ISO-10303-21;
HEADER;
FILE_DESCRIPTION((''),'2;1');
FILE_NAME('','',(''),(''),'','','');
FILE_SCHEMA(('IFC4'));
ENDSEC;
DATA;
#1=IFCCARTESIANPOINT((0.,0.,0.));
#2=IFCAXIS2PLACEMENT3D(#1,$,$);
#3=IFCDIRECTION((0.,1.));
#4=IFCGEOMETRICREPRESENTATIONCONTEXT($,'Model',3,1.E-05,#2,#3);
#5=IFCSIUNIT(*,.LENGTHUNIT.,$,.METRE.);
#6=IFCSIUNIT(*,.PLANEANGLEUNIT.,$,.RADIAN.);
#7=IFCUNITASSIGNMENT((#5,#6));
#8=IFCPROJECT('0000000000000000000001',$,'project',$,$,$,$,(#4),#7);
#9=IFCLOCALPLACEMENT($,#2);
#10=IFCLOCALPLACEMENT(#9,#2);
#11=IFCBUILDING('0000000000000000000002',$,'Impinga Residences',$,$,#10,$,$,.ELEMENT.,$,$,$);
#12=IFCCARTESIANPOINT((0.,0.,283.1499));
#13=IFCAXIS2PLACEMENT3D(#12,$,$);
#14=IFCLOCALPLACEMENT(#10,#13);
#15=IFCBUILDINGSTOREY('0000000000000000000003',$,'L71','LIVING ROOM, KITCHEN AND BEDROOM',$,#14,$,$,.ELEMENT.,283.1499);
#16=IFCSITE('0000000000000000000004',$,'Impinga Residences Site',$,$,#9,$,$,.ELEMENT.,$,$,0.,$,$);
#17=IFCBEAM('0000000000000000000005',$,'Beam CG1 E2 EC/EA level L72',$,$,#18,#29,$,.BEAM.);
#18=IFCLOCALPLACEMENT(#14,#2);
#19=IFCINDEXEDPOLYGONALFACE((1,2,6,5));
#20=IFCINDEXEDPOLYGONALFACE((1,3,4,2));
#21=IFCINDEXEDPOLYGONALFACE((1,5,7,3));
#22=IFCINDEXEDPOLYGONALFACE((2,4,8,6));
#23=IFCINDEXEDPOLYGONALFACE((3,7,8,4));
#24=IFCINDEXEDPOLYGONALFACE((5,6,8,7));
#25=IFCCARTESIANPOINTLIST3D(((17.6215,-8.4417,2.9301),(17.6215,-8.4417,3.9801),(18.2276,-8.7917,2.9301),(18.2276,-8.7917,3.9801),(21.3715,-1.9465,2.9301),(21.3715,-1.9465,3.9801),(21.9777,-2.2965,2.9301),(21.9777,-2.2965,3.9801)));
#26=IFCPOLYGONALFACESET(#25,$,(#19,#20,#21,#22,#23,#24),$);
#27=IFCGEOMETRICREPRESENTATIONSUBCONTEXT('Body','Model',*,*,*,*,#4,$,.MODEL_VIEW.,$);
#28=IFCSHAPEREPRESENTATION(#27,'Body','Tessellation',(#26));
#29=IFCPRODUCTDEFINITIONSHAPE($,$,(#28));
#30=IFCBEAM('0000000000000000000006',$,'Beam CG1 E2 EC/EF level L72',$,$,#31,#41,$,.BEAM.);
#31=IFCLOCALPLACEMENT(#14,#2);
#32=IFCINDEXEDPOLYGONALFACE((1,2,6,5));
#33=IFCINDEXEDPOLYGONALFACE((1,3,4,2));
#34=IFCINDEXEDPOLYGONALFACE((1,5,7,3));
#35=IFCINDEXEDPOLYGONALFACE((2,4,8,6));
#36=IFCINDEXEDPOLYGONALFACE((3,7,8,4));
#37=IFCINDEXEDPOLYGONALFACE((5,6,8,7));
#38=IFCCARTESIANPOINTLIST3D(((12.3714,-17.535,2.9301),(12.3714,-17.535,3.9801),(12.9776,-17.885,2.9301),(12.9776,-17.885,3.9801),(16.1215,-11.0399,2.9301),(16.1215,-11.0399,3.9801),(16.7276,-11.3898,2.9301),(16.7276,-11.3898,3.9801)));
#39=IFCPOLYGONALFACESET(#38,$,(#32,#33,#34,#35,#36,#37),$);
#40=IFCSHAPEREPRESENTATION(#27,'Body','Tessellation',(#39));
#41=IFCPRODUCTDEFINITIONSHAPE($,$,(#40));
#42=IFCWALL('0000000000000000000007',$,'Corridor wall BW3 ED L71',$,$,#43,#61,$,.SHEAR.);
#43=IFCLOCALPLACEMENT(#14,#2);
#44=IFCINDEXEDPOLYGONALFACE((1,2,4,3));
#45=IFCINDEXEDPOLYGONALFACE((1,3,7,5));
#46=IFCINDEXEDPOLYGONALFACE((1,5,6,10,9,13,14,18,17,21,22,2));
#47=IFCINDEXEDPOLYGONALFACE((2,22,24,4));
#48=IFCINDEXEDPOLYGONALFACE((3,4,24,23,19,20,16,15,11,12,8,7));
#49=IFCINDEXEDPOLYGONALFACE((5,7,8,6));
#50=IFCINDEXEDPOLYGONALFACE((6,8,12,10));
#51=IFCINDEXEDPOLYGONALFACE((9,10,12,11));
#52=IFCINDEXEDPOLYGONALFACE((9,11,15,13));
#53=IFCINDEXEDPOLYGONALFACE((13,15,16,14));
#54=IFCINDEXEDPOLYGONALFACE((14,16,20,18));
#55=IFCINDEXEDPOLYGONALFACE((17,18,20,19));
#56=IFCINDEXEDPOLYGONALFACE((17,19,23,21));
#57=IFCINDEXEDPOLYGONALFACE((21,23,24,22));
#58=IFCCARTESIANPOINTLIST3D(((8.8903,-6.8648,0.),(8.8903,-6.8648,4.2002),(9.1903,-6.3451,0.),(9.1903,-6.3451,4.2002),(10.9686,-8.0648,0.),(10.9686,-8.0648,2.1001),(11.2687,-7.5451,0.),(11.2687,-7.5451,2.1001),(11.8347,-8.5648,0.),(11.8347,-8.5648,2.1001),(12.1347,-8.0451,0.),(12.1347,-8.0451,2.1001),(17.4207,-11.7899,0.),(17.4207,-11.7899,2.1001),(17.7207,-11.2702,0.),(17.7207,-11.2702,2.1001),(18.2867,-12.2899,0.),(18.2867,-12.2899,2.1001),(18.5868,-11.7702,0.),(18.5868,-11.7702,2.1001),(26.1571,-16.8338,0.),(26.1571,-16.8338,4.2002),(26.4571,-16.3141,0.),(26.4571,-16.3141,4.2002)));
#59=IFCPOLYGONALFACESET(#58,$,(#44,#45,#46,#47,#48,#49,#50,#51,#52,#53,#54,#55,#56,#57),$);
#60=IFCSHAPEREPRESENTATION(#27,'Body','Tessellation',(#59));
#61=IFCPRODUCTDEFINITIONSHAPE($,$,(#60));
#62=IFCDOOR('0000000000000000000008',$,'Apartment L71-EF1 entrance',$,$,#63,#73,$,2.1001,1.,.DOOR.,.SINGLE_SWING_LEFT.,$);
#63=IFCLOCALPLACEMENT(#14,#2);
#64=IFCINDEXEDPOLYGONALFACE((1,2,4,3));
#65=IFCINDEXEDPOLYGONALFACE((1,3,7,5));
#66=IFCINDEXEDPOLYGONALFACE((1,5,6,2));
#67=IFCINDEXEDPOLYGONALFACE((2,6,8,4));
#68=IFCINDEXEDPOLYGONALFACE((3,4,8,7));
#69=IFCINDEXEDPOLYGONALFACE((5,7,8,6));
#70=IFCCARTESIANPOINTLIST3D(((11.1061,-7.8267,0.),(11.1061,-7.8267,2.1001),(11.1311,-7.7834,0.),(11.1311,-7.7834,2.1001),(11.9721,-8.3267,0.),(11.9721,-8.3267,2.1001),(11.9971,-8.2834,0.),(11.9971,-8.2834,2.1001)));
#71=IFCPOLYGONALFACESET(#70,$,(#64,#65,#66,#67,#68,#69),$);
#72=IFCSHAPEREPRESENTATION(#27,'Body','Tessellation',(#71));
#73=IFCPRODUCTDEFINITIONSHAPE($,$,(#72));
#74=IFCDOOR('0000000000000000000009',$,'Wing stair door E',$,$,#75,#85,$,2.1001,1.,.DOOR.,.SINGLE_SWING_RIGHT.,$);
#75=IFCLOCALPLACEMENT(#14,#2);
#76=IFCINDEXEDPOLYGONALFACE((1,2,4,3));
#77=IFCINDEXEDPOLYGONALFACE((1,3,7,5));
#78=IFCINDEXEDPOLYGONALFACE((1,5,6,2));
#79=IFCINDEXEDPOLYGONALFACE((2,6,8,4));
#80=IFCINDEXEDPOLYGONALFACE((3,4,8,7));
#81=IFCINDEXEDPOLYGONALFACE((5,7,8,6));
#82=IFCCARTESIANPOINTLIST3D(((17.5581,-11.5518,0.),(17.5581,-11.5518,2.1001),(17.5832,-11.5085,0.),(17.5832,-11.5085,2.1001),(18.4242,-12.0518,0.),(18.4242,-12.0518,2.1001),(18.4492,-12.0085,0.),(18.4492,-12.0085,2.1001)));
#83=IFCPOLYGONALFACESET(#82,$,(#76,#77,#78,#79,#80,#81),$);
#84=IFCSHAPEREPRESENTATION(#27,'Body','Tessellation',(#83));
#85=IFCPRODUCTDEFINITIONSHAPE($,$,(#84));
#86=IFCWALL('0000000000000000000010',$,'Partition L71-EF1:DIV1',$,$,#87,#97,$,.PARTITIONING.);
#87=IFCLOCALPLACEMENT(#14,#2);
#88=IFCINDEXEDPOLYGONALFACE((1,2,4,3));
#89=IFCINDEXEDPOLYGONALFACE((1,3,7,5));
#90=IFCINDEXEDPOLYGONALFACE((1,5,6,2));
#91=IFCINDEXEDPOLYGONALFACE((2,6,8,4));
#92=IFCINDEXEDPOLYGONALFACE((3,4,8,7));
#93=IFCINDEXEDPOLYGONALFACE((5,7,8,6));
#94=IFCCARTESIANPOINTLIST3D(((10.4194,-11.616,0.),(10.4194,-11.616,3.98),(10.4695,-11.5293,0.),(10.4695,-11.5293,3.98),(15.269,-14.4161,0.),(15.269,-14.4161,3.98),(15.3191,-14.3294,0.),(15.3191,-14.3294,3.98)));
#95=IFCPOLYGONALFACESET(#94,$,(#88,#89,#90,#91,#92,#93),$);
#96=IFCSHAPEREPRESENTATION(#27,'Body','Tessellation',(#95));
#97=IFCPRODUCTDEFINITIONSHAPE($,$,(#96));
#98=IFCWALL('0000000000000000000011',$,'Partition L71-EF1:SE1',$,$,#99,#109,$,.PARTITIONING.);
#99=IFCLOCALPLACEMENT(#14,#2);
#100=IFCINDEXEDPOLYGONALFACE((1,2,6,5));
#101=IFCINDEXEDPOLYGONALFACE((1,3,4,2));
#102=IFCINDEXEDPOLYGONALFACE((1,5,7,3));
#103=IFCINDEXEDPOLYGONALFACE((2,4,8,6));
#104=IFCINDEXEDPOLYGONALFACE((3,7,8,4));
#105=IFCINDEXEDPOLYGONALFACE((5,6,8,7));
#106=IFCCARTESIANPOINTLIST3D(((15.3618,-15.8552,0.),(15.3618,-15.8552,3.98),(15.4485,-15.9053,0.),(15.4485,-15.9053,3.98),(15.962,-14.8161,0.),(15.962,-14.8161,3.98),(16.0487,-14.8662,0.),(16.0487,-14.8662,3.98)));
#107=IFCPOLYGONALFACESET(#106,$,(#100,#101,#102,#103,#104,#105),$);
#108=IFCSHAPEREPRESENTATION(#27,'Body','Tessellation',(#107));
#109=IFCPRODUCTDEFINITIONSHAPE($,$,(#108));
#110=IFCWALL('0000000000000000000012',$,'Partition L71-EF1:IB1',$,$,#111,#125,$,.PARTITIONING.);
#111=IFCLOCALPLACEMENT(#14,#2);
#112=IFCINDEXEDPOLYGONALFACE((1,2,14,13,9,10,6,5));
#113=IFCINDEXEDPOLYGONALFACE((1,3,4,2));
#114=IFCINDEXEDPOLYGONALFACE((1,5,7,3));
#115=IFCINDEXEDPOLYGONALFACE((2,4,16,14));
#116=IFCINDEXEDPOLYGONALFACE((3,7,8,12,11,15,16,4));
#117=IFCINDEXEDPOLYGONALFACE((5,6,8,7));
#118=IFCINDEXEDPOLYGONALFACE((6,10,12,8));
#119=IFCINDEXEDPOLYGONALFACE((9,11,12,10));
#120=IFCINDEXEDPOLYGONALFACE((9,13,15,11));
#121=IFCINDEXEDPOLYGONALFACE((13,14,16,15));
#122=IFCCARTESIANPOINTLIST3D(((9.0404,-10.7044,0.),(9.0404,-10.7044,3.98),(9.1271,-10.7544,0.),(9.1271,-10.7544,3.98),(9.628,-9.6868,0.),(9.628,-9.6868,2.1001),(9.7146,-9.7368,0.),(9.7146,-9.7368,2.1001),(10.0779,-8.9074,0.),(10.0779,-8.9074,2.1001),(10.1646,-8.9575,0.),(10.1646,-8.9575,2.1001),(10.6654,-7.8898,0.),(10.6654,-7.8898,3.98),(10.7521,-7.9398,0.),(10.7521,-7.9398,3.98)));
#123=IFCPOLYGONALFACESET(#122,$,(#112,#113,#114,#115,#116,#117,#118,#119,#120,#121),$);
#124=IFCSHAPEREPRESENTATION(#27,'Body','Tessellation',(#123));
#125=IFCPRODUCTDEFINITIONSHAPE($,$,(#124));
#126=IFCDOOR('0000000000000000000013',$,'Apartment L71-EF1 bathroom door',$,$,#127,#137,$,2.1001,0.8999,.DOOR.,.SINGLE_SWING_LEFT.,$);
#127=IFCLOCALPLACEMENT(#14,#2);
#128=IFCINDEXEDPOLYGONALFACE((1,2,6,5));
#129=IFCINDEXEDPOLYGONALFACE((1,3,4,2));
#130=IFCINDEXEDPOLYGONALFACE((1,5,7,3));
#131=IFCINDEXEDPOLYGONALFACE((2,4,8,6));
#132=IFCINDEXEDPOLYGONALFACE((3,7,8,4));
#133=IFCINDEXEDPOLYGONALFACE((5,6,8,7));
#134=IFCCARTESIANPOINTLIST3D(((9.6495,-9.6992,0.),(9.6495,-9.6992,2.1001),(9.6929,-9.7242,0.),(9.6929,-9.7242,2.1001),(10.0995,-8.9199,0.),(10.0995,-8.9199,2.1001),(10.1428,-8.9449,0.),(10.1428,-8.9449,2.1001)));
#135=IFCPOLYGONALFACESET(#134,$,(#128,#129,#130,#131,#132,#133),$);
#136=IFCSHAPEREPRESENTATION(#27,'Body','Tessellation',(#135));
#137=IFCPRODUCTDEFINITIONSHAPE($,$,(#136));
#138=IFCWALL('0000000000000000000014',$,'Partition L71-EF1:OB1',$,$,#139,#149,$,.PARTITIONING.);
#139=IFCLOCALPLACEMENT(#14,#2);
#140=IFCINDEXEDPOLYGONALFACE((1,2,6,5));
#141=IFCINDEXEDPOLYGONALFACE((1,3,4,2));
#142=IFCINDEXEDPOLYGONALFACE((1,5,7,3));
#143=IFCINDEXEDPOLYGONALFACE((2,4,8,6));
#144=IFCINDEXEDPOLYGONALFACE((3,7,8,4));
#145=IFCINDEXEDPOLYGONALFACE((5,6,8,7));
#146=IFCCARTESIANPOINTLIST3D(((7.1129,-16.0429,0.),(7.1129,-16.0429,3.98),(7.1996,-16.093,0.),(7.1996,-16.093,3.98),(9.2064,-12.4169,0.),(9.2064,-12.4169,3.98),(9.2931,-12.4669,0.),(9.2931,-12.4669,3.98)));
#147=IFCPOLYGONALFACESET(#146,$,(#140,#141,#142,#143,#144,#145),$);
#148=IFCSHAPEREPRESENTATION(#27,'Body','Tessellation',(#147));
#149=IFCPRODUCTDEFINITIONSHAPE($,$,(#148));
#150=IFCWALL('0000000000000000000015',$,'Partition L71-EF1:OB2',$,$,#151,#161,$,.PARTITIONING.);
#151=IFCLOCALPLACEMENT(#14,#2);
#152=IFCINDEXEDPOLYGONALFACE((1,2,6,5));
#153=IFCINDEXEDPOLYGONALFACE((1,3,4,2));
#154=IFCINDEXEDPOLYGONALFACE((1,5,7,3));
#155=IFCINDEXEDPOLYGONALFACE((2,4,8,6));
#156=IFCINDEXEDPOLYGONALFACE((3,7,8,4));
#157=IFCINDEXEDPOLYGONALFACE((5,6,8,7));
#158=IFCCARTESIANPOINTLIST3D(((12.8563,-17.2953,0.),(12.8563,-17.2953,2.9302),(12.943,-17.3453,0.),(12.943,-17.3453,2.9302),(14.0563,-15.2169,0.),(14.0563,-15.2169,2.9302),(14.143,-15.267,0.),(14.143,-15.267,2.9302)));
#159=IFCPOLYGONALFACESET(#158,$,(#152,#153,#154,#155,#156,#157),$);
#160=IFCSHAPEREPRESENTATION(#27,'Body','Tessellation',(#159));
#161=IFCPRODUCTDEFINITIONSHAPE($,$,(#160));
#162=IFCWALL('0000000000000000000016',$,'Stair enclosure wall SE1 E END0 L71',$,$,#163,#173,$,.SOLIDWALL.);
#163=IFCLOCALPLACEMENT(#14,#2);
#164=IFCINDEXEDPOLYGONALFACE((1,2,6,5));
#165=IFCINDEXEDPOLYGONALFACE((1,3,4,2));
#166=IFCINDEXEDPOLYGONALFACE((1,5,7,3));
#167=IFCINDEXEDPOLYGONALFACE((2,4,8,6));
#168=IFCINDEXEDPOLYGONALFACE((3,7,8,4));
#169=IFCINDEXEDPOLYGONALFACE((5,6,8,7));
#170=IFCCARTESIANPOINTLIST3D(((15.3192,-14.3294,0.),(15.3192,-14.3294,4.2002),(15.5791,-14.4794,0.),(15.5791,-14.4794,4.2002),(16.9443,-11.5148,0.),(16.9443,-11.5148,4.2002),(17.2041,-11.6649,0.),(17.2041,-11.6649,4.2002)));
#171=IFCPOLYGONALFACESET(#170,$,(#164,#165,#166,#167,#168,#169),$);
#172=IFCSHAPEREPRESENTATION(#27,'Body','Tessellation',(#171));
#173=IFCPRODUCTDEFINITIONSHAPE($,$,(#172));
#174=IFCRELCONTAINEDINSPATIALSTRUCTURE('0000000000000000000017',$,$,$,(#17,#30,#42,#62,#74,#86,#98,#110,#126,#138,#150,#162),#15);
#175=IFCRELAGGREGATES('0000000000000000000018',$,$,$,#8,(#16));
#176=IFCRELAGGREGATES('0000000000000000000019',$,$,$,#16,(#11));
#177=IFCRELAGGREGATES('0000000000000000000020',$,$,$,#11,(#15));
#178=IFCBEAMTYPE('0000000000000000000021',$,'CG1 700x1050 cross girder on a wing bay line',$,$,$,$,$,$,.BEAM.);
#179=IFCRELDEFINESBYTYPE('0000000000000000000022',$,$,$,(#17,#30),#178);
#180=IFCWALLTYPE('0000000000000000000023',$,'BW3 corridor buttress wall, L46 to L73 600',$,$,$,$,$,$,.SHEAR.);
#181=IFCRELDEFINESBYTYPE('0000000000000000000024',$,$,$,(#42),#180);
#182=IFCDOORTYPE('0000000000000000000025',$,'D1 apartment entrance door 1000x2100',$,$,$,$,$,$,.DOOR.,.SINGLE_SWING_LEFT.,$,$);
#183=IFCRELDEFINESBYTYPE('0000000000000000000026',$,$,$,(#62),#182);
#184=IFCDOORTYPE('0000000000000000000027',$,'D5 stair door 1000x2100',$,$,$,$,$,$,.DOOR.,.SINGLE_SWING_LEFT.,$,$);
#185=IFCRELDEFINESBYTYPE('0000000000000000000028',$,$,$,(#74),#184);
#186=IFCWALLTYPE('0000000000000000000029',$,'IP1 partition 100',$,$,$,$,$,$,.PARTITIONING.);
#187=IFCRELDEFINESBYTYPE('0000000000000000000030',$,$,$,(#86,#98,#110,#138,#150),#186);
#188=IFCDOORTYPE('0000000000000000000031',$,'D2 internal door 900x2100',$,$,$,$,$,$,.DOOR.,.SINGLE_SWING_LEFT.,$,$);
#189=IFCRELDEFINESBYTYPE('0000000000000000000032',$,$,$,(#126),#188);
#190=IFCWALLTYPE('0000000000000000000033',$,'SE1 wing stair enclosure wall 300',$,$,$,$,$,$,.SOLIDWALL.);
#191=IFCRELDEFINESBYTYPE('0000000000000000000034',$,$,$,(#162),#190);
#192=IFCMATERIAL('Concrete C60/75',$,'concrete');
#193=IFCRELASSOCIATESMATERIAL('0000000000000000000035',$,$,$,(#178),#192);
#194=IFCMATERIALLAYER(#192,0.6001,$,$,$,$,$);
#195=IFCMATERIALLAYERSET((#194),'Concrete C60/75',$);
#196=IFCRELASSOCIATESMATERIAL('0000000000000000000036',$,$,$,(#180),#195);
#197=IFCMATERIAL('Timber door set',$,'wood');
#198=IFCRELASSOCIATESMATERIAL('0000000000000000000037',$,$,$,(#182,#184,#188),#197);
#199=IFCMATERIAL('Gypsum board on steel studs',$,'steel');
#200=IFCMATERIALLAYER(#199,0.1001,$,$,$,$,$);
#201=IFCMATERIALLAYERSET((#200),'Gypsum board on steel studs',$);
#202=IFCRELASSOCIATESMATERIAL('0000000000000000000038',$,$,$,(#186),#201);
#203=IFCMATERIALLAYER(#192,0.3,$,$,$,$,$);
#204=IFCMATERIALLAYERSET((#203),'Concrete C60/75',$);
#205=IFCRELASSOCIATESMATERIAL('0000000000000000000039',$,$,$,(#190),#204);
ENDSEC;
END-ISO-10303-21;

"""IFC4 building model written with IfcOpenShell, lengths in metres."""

from ifc_helpers import new_model, si_unit, direction, frame, frame_2d, origin, origin_2d, place, context, subcontext, project, spatial, rectangle, extrude, material, layer, layer_set, material_profile, profile_set, type_object, element, fill, save


model = new_model("IFC4")

# Units and contexts
model_context = context("Model", 3, precision=1e-05, world=origin(), true_north=direction((0.0, 1.0)))
body_context = subcontext(model_context, "Body", "Model", "MODEL_VIEW")
ifc_project = project(units=[si_unit("LENGTHUNIT", "METRE"), si_unit("PLANEANGLEUNIT", "RADIAN")], contexts=[model_context])

# Site, building, storey
site_placement = place(None, origin())
site = spatial("IfcSite", under=ifc_project, at=site_placement, Name="Impinga Residences Site", CompositionType="ELEMENT", RefElevation=0.0)
building_placement = place(site_placement, origin())
building = spatial("IfcBuilding", under=site, at=building_placement, Name="Impinga Residences", CompositionType="ELEMENT")
storey_placement = place(building_placement, frame((0.0, 0.0, 283.1499)))
storey = spatial("IfcBuildingStorey", under=building, at=storey_placement, Name="L71", Description="LIVING ROOM, KITCHEN AND BEDROOM", CompositionType="ELEMENT", Elevation=283.1499)

# Beams
ifc_material_1 = material(Name="Concrete C60/75", Category="concrete")
ifc_material_profile = material_profile(ifc_material_1, rectangle(XDim=0.7, YDim=1.05, at=origin_2d()), Name="RC 700x1050")
ifc_profile_set = profile_set([ifc_material_profile], Name="Concrete C60/75")
beam_type = type_object("IfcBeamType", Name="CG1 700x1050 cross girder on a wing bay line", PredefinedType="BEAM", material=ifc_profile_set)
for number, where, z_axis, x_axis, name in (
    (1, (17.9246, -8.6167, 3.4551), (0.500004, 0.866023, 0.0), (-0.866023, 0.500004, 0.0), "Beam CG1 E2 EC/EA level L72"),
    (2, (16.4246, -11.2148, 3.4551), (-0.500004, -0.866023, 0.0), (0.866023, -0.500004, 0.0), "Beam CG1 E2 EC/EF level L72"),
):
    element("IfcBeam", number, at=place(storey_placement, frame(where, z_axis=z_axis, x_axis=x_axis)), inside=storey, type_object=beam_type, Name=name, PredefinedType="BEAM", context=body_context, shape_type="SweptSolid", body=[
        extrude(rectangle(XDim=0.7, YDim=1.05, at=origin_2d()), origin(), (0.0, 0.0, 1.0), 7.5),
    ])

# Wall, openings, doors
ifc_layer_1 = layer(ifc_material_1, 0.6001)
ifc_layer_set_1 = layer_set([ifc_layer_1], Name="Concrete C60/75")
wall_type_1 = type_object("IfcWallType", Name="BW3 corridor buttress wall, L46 to L73 600", PredefinedType="SHEAR", material=ifc_layer_set_1)
wall_1_placement = place(storey_placement, frame((9.0403, -6.605, 0.0), z_axis=(0.0, 0.0, 1.0), x_axis=(0.866026, -0.499999, 0.0)))
wall_1 = element("IfcWall", 3, at=wall_1_placement, inside=storey, type_object=wall_type_1, Name="Corridor wall BW3 ED L71", PredefinedType="SHEAR", context=body_context, shape_type="SweptSolid", body=[
    extrude(rectangle(XDim=19.938, YDim=0.6001, at=frame_2d((9.969, 0.0))), origin(), (0.0, 0.0, 1.0), 4.2002),
])
opening_1_placement = place(wall_1_placement, frame((9.8501, 0.0, 0.0)))
opening_1 = element("IfcOpeningElement", 4, at=opening_1_placement, cuts=wall_1, PredefinedType="OPENING", context=body_context, shape_type="SweptSolid", body=[
    extrude(rectangle(XDim=1.0, YDim=2.1001, at=frame_2d((0.5, 1.05))), frame((0.0, 0.3101, 0.0), z_axis=(0.0, -1.0, 0.0), x_axis=(1.0, 0.0, 0.0)), (0.0, 0.0, 1.0), 0.6201),
])
opening_2_placement = place(wall_1_placement, frame((2.3999, 0.0, 0.0)))
opening_2 = element("IfcOpeningElement", 5, at=opening_2_placement, cuts=wall_1, PredefinedType="OPENING", context=body_context, shape_type="SweptSolid", body=[
    extrude(rectangle(XDim=1.0, YDim=2.1001, at=frame_2d((0.5, 1.05))), frame((0.0, 0.3101, 0.0), z_axis=(0.0, -1.0, 0.0), x_axis=(1.0, 0.0, 0.0)), (0.0, 0.0, 1.0), 0.6201),
])
ifc_material_2 = material(Name="Timber door set", Category="wood")
door_type_1 = type_object("IfcDoorType", Name="D1 apartment entrance door 1000x2100", OperationType="SINGLE_SWING_LEFT", PredefinedType="DOOR", material=ifc_material_2)
door_1_placement = place(opening_2_placement, origin())
door_1 = element("IfcDoor", 6, at=door_1_placement, inside=storey, type_object=door_type_1, Name="Apartment L71-EF1 entrance", OperationType="SINGLE_SWING_LEFT", OverallHeight=2.1001, OverallWidth=1.0, PredefinedType="DOOR", context=body_context, shape_type="SweptSolid", body=[
    extrude(rectangle(XDim=1.0, YDim=2.1001, at=frame_2d((0.5, 1.05))), frame((0.0, 0.0249, 0.0), z_axis=(0.0, -1.0, 0.0), x_axis=(1.0, 0.0, 0.0)), (0.0, 0.0, 1.0), 0.05),
])
fill(opening_2, door_1)
door_type_2 = type_object("IfcDoorType", Name="D5 stair door 1000x2100", OperationType="SINGLE_SWING_LEFT", PredefinedType="DOOR", material=ifc_material_2)
door_2_placement = place(opening_1_placement, origin())
door_2 = element("IfcDoor", 7, at=door_2_placement, inside=storey, type_object=door_type_2, Name="Wing stair door E", OperationType="SINGLE_SWING_RIGHT", OverallHeight=2.1001, OverallWidth=1.0, PredefinedType="DOOR", context=body_context, shape_type="SweptSolid", body=[
    extrude(rectangle(XDim=1.0, YDim=2.1001, at=frame_2d((0.5, 1.05))), frame((0.0, 0.0249, 0.0), z_axis=(0.0, -1.0, 0.0), x_axis=(1.0, 0.0, 0.0)), (0.0, 0.0, 1.0), 0.05),
])
fill(opening_1, door_2)

# Walls
ifc_material_3 = material(Name="Gypsum board on steel studs", Category="steel")
ifc_layer_2 = layer(ifc_material_3, 0.1001)
ifc_layer_set_2 = layer_set([ifc_layer_2], Name="Gypsum board on steel studs")
wall_type_2 = type_object("IfcWallType", Name="IP1 partition 100", PredefinedType="PARTITIONING", material=ifc_layer_set_2)
wall_2_placement = place(storey_placement, frame((10.4446, -11.5728, 0.0), z_axis=(0.0, 0.0, 1.0), x_axis=(0.866016, -0.500017, 0.0)))
element("IfcWall", 8, at=wall_2_placement, inside=storey, type_object=wall_type_2, Name="Partition L71-EF1:DIV1", PredefinedType="PARTITIONING", context=body_context, shape_type="SweptSolid", body=[
    extrude(rectangle(XDim=5.5999, YDim=0.1001, at=frame_2d((2.7998, 0.0))), origin(), (0.0, 0.0, 1.0), 3.98),
])
wall_3_placement = place(storey_placement, frame((16.0054, -14.8411, 0.0), z_axis=(0.0, 0.0, 1.0), x_axis=(-0.500122, -0.865955, 0.0)))
element("IfcWall", 9, at=wall_3_placement, inside=storey, type_object=wall_type_2, Name="Partition L71-EF1:SE1", PredefinedType="PARTITIONING", context=body_context, shape_type="SweptSolid", body=[
    extrude(rectangle(XDim=1.2, YDim=0.1001, at=frame_2d((0.6001, 0.0))), origin(), (0.0, 0.0, 1.0), 3.98),
])

# Wall, opening, door
wall_4_placement = place(storey_placement, frame((10.7087, -7.9148, 0.0), z_axis=(0.0, 0.0, 1.0), x_axis=(-0.499985, -0.866034, 0.0)))
wall_4 = element("IfcWall", 10, at=wall_4_placement, inside=storey, type_object=wall_type_2, Name="Partition L71-EF1:IB1", PredefinedType="PARTITIONING", context=body_context, shape_type="SweptSolid", body=[
    extrude(rectangle(XDim=3.25, YDim=0.1001, at=frame_2d((1.625, 0.0))), origin(), (0.0, 0.0, 1.0), 3.98),
])
opening_3_placement = place(wall_4_placement, frame((1.175, 0.0, 0.0)))
opening_3 = element("IfcOpeningElement", 11, at=opening_3_placement, cuts=wall_4, PredefinedType="OPENING", context=body_context, shape_type="SweptSolid", body=[
    extrude(rectangle(XDim=0.8999, YDim=2.1001, at=frame_2d((0.45, 1.05))), frame((0.0, 0.0601, 0.0), z_axis=(0.0, -1.0, 0.0), x_axis=(1.0, 0.0, 0.0)), (0.0, 0.0, 1.0), 0.1201),
])
door_type_3 = type_object("IfcDoorType", Name="D2 internal door 900x2100", OperationType="SINGLE_SWING_LEFT", PredefinedType="DOOR", material=ifc_material_2)
door_3_placement = place(opening_3_placement, origin())
door_3 = element("IfcDoor", 12, at=door_3_placement, inside=storey, type_object=door_type_3, Name="Apartment L71-EF1 bathroom door", OperationType="SINGLE_SWING_LEFT", OverallHeight=2.1001, OverallWidth=0.8999, PredefinedType="DOOR", context=body_context, shape_type="SweptSolid", body=[
    extrude(rectangle(XDim=0.8999, YDim=2.1001, at=frame_2d((0.45, 1.05))), frame((0.0, 0.0249, 0.0), z_axis=(0.0, -1.0, 0.0), x_axis=(1.0, 0.0, 0.0)), (0.0, 0.0, 1.0), 0.05),
])
fill(opening_3, door_3)

# Walls
wall_5_placement = place(storey_placement, frame((9.2498, -12.4419, 0.0), z_axis=(0.0, 0.0, 1.0), x_axis=(-0.500008, -0.866021, 0.0)))
element("IfcWall", 13, at=wall_5_placement, inside=storey, type_object=wall_type_2, Name="Partition L71-EF1:OB1", PredefinedType="PARTITIONING", context=body_context, shape_type="SweptSolid", body=[
    extrude(rectangle(XDim=4.187, YDim=0.1001, at=frame_2d((2.0935, 0.0))), origin(), (0.0, 0.0, 1.0), 3.98),
])
wall_6_placement = place(storey_placement, frame((14.0996, -15.2419, 0.0), z_axis=(0.0, 0.0, 1.0), x_axis=(-0.500001, -0.866025, 0.0)))
element("IfcWall", 14, at=wall_6_placement, inside=storey, type_object=wall_type_2, Name="Partition L71-EF1:OB2", PredefinedType="PARTITIONING", context=body_context, shape_type="SweptSolid", body=[
    extrude(rectangle(XDim=2.3999, YDim=0.1001, at=frame_2d((1.2, 0.0))), origin(), (0.0, 0.0, 1.0), 2.9302),
])
ifc_layer_3 = layer(ifc_material_1, 0.3)
ifc_layer_set_3 = layer_set([ifc_layer_3], Name="Concrete C60/75")
wall_type_3 = type_object("IfcWallType", Name="SE1 wing stair enclosure wall 300", PredefinedType="SOLIDWALL", material=ifc_layer_set_3)
wall_7_placement = place(storey_placement, frame((17.0742, -11.5898, 0.0), z_axis=(0.0, 0.0, 1.0), x_axis=(-0.500017, -0.866015, 0.0)))
element("IfcWall", 15, at=wall_7_placement, inside=storey, type_object=wall_type_3, Name="Stair enclosure wall SE1 E END0 L71", PredefinedType="SOLIDWALL", context=body_context, shape_type="SweptSolid", body=[
    extrude(rectangle(XDim=3.25, YDim=0.3, at=frame_2d((1.625, 0.0))), origin(), (0.0, 0.0, 1.0), 4.2002),
])

save(model, "model.ifc")
